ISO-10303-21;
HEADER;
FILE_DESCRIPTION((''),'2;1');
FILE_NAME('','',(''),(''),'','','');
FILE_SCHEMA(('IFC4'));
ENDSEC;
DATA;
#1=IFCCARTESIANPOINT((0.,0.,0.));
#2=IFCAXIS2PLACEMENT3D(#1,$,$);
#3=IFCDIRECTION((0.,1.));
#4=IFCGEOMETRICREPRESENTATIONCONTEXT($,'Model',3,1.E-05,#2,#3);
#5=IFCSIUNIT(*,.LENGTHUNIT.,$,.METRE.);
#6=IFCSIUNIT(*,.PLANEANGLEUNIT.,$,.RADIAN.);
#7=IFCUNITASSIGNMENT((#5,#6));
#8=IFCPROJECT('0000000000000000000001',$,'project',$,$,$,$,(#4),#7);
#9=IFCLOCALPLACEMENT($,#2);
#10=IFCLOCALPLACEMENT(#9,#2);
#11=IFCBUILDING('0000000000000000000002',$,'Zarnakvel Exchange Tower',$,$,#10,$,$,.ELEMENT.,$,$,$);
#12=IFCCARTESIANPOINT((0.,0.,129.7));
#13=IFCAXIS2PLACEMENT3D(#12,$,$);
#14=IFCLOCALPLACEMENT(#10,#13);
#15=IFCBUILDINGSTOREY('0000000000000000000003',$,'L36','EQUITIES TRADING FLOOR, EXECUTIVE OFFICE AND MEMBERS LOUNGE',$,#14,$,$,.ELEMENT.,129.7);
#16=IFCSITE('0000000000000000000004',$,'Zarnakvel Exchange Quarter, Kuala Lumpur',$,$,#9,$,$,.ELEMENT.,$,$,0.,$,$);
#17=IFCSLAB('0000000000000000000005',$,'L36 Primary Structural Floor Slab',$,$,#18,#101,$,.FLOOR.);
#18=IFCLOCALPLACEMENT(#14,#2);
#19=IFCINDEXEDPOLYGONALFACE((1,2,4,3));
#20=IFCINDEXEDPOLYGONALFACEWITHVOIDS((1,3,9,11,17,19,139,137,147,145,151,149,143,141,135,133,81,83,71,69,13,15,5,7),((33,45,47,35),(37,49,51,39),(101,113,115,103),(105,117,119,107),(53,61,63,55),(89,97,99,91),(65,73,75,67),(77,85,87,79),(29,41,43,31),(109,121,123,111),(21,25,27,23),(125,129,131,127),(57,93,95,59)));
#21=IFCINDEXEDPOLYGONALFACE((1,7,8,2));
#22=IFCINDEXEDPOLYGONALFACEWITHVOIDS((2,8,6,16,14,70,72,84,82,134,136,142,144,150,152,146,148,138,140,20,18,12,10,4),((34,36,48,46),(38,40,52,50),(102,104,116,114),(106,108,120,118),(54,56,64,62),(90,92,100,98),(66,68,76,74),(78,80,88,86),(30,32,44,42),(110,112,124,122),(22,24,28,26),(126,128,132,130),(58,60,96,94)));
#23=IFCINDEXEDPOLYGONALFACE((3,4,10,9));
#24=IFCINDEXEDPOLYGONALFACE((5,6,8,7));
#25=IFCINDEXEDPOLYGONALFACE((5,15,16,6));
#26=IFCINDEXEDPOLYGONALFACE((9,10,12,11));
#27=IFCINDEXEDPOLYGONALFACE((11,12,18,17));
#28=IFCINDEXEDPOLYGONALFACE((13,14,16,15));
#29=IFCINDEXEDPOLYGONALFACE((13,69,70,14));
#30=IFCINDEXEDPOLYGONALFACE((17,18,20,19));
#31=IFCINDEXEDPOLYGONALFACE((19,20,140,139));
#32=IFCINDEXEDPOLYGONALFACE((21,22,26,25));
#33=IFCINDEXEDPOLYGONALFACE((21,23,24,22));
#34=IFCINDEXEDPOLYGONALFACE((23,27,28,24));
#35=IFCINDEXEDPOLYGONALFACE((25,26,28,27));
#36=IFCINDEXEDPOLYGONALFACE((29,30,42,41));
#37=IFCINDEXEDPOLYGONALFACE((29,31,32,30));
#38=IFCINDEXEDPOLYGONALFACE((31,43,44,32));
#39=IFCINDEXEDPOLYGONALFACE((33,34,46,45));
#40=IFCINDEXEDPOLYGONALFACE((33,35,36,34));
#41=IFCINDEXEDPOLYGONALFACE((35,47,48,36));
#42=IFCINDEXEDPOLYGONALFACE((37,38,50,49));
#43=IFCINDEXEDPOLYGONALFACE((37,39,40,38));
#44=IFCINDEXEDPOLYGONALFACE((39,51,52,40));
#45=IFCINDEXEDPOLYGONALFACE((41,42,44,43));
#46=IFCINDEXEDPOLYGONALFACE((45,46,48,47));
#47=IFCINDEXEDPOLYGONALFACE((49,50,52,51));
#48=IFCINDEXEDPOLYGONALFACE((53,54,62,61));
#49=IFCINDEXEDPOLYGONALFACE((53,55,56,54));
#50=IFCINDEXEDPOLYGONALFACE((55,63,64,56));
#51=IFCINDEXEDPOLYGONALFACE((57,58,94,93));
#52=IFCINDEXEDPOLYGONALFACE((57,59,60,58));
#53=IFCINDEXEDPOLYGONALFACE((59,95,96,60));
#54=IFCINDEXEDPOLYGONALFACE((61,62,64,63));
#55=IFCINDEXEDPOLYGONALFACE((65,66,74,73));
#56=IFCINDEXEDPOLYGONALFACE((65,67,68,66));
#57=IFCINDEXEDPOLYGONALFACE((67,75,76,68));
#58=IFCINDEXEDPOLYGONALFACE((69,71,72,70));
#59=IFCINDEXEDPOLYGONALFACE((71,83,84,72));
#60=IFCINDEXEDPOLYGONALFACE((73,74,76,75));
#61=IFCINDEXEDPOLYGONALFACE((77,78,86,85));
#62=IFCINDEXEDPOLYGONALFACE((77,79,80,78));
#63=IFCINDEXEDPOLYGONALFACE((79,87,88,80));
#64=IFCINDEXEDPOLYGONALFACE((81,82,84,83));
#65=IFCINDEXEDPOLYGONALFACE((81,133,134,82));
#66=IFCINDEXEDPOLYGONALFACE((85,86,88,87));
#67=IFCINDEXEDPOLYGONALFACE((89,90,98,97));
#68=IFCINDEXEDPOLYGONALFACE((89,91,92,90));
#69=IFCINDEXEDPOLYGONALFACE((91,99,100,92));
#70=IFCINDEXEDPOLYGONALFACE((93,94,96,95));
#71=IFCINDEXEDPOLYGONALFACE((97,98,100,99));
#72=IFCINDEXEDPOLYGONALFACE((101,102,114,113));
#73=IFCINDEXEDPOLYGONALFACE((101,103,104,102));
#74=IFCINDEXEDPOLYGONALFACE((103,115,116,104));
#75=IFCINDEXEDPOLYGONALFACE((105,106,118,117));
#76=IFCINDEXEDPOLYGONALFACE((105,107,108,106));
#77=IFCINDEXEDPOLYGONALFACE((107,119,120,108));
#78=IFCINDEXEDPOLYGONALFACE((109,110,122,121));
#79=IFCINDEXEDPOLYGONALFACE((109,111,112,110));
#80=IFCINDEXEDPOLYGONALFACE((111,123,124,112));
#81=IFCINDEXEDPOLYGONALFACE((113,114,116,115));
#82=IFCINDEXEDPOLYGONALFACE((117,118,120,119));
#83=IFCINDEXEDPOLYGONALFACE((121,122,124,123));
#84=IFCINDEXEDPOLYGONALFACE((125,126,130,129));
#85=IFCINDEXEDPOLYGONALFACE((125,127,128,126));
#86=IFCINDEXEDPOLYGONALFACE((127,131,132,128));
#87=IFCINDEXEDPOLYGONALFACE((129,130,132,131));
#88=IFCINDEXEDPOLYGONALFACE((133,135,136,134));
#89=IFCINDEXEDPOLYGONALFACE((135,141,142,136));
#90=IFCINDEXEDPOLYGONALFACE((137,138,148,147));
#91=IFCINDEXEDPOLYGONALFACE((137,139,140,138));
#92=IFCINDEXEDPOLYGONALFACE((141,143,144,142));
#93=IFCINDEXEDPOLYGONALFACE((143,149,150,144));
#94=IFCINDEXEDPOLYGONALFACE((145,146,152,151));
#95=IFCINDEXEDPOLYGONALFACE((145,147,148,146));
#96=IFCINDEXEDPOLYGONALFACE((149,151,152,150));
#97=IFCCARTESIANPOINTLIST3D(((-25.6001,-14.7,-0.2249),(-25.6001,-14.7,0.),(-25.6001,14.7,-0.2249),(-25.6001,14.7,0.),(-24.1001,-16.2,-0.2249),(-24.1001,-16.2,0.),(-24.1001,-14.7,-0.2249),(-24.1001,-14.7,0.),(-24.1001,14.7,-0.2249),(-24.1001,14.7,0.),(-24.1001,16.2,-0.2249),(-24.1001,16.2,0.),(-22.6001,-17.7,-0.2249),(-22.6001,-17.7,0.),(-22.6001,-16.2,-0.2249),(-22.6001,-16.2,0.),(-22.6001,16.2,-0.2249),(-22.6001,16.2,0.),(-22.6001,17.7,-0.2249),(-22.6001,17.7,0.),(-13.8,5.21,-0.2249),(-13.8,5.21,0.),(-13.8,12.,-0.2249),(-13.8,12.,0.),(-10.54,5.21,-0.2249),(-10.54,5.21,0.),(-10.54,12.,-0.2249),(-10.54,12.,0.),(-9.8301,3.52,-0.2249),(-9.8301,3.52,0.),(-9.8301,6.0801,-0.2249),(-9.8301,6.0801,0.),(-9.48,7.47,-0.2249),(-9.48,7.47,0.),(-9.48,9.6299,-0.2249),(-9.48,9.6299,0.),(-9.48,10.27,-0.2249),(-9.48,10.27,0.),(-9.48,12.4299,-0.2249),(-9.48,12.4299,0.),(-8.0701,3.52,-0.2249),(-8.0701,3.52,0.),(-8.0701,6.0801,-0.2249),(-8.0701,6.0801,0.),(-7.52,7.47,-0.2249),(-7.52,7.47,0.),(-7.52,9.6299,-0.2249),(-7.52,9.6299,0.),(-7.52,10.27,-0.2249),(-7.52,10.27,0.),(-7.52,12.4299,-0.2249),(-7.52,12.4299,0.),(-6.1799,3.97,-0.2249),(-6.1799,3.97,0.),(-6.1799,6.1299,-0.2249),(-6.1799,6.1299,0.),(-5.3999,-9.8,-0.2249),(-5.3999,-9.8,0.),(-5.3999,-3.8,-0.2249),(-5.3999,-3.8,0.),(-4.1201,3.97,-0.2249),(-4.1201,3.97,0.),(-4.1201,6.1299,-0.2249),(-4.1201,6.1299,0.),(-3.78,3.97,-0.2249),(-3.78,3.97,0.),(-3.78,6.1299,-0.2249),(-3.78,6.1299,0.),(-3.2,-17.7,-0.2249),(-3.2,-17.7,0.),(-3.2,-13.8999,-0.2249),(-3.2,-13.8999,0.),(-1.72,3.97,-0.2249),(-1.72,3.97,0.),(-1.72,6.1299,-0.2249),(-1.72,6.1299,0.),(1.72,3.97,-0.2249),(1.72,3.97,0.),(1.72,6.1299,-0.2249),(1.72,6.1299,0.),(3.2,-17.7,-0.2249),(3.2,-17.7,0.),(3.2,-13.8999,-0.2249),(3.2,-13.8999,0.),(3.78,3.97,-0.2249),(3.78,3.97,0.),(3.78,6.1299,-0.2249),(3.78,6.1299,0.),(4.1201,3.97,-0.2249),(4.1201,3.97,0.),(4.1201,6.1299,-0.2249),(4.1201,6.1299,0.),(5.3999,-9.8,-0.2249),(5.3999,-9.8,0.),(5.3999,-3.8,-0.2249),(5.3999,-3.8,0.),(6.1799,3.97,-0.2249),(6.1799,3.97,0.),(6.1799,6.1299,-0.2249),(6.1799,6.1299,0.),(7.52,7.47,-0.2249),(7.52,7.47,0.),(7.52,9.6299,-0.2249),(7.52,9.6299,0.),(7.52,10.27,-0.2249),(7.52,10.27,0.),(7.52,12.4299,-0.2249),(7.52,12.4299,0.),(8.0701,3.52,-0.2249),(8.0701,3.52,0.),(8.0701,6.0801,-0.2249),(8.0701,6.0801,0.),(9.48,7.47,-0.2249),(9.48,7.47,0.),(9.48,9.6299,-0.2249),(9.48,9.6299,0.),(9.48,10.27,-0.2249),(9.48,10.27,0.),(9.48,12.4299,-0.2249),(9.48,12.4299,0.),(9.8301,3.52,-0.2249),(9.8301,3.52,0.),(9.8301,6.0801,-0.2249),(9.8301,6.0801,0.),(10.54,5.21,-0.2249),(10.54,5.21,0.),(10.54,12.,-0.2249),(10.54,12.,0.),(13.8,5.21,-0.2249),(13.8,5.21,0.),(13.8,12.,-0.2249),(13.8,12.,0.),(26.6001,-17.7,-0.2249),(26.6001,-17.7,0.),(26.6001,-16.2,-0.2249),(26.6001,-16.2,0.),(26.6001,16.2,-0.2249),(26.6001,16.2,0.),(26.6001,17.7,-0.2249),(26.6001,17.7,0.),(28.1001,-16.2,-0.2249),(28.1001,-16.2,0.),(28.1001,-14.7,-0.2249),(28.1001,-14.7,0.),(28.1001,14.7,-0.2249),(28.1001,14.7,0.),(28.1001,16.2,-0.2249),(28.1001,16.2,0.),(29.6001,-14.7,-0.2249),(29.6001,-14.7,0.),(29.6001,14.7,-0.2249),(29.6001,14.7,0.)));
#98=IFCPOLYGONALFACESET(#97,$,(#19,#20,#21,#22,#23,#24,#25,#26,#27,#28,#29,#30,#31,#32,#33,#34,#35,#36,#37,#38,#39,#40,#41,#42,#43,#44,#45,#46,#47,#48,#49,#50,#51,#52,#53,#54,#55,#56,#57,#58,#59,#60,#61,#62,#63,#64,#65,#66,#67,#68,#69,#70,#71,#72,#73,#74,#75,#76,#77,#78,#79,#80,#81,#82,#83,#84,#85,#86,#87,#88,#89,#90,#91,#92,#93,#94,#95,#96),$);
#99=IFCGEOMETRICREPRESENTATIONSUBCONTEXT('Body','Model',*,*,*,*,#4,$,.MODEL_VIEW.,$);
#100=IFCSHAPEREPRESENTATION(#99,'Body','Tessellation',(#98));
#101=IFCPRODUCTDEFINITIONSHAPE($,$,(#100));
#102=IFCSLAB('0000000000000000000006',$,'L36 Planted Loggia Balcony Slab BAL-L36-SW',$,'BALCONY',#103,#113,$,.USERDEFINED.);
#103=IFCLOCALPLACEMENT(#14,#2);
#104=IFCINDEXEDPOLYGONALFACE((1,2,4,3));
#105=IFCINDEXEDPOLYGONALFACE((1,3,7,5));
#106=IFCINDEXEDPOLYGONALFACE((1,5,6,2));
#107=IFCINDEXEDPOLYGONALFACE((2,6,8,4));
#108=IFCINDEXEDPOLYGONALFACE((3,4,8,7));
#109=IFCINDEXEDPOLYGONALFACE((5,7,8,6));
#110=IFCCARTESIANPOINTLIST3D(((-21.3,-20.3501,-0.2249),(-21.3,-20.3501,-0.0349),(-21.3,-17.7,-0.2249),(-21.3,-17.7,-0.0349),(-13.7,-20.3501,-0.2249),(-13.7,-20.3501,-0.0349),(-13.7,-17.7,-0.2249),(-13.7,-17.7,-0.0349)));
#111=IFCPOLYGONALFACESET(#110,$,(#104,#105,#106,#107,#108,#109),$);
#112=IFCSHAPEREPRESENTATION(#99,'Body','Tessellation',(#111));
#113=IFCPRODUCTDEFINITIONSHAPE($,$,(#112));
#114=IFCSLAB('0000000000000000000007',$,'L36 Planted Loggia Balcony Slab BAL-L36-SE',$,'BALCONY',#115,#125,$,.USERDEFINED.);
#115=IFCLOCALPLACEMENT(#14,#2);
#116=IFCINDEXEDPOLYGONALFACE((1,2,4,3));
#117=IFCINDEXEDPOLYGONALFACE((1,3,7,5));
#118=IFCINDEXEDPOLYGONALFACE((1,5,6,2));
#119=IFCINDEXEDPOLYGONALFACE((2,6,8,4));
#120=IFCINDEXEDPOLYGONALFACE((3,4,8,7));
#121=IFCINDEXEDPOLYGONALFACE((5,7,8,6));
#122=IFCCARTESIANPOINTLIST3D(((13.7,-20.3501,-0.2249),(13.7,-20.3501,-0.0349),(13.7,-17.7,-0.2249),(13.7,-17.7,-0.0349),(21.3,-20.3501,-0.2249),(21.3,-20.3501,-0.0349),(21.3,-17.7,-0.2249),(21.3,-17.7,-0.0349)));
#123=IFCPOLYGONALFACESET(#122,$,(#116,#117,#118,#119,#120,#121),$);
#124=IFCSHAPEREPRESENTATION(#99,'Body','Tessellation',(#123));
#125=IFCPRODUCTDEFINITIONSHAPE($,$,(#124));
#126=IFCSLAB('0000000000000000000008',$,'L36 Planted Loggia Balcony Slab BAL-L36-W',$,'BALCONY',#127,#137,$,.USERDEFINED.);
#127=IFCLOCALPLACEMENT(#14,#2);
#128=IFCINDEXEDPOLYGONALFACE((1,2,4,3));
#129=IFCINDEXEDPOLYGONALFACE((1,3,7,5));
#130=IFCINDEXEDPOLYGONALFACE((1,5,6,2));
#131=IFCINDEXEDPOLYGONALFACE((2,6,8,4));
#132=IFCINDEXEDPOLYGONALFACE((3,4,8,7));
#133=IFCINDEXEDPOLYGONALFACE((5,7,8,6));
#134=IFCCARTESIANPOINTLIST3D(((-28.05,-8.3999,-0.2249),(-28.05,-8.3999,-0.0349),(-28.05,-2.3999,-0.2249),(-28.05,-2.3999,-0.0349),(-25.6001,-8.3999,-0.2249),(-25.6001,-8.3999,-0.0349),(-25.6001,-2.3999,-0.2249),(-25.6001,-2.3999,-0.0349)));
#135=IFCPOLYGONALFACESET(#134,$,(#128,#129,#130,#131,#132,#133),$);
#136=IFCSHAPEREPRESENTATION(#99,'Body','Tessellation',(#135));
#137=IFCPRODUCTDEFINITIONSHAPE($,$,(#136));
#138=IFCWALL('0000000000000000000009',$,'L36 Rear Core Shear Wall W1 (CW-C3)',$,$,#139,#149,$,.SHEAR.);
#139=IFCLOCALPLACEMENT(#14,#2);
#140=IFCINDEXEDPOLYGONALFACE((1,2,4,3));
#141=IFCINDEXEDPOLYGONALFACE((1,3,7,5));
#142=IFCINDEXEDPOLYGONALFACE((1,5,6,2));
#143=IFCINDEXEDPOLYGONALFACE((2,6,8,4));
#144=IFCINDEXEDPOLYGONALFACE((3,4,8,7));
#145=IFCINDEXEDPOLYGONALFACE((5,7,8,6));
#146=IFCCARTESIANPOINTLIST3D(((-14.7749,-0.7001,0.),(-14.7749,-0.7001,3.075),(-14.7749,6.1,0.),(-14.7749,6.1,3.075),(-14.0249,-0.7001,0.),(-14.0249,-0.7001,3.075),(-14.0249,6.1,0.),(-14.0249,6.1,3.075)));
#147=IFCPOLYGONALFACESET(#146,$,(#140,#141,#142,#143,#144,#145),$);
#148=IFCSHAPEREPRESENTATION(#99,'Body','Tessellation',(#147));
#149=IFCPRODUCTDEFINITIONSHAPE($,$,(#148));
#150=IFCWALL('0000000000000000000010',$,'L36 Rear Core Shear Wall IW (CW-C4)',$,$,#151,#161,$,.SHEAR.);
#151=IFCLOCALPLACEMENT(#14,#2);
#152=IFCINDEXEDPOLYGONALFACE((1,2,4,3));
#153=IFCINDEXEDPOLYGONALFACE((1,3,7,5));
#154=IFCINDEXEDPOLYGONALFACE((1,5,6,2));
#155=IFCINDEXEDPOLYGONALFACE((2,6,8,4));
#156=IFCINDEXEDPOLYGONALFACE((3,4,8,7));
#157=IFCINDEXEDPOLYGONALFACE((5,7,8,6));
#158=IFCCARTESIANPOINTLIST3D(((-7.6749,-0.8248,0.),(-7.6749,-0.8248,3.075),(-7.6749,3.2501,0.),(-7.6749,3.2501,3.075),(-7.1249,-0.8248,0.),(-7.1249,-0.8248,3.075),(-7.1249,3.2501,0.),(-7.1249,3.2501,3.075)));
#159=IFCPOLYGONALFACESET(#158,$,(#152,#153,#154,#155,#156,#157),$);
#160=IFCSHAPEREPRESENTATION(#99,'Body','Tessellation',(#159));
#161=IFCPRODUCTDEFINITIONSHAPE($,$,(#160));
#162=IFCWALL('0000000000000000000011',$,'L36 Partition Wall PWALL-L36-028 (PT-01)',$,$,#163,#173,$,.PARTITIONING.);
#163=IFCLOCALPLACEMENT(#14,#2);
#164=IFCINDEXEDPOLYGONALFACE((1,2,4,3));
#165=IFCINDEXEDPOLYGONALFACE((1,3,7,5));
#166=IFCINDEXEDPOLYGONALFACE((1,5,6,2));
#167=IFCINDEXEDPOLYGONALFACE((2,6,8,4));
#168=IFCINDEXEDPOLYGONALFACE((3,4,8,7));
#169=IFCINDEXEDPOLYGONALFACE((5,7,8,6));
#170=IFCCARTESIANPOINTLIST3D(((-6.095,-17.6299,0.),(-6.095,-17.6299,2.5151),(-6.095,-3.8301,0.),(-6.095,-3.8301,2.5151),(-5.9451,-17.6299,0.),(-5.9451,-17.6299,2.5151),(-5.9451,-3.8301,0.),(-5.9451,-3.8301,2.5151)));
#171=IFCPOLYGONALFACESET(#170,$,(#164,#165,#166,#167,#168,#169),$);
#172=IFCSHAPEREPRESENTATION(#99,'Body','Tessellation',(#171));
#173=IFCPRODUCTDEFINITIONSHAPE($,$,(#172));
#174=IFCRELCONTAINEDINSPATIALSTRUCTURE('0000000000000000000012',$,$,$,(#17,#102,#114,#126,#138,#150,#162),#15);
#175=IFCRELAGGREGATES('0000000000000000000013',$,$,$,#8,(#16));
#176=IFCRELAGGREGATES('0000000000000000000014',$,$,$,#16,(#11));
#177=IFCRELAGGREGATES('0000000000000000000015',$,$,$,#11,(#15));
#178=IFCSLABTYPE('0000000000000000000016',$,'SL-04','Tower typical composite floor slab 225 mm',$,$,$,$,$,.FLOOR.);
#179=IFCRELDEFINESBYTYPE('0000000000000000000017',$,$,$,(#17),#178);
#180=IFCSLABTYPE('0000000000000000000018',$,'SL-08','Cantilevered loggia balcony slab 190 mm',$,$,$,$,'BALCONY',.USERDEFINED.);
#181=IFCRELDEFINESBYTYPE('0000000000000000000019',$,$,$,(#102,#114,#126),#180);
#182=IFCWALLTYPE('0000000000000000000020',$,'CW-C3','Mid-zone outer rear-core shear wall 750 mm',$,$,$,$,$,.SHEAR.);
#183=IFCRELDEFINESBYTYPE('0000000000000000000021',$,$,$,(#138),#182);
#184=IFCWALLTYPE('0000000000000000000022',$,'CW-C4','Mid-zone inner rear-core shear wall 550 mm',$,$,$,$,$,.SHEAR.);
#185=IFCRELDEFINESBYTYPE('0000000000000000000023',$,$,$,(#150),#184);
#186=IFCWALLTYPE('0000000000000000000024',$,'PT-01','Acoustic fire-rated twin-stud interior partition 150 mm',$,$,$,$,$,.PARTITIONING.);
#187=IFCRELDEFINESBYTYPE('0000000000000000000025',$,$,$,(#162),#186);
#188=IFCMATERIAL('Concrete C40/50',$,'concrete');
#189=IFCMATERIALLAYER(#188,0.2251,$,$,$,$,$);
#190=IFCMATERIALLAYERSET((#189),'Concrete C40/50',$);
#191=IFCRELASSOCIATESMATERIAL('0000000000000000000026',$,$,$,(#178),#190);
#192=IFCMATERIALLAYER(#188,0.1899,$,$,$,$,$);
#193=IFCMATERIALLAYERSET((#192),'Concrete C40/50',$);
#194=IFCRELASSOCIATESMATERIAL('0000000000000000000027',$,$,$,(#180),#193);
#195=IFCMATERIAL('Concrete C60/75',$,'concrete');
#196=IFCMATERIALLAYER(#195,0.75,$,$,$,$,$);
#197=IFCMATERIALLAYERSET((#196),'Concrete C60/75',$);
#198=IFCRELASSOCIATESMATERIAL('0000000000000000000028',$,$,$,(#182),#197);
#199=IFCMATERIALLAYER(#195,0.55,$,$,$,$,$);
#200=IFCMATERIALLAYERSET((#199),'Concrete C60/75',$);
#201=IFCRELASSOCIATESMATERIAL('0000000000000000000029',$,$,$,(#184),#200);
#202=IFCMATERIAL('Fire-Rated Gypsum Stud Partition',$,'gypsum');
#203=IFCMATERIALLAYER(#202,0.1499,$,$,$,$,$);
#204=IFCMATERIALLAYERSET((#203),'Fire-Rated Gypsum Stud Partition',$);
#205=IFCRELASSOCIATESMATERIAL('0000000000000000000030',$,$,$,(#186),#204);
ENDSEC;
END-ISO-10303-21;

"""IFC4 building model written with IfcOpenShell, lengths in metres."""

from ifc_helpers import new_model, si_unit, direction, frame, frame_2d, origin, place, context, subcontext, project, spatial, polyline, rectangle, outline, extrude, material, layer, layer_set, type_object, element, save


model = new_model("IFC4")

# Units and contexts
model_context = context("Model", 3, precision=1e-05, world=origin(), true_north=direction((0.0, 1.0)))
body_context = subcontext(model_context, "Body", "Model", "MODEL_VIEW")
ifc_project = project(units=[si_unit("LENGTHUNIT", "METRE"), si_unit("PLANEANGLEUNIT", "RADIAN")], contexts=[model_context])

# Site, building, storey
site_placement = place(None, origin())
site = spatial("IfcSite", under=ifc_project, at=site_placement, Name="Zarnakvel Exchange Quarter, Kuala Lumpur", CompositionType="ELEMENT", RefElevation=0.0)
building_placement = place(site_placement, origin())
building = spatial("IfcBuilding", under=site, at=building_placement, Name="Zarnakvel Exchange Tower", CompositionType="ELEMENT")
storey_placement = place(building_placement, frame((0.0, 0.0, 129.7)))
storey = spatial("IfcBuildingStorey", under=building, at=storey_placement, Name="L36", Description="EQUITIES TRADING FLOOR, EXECUTIVE OFFICE AND MEMBERS LOUNGE", CompositionType="ELEMENT", Elevation=129.7)

# Shared definitions
ifc_material_1 = material(Name="Concrete C60/75", Category="concrete")

# Shared definitions
ifc_material_2 = material(Name="Concrete C40/50", Category="concrete")

# Slabs
ifc_layer_1 = layer(ifc_material_2, 0.2251)
ifc_layer_set_1 = layer_set([ifc_layer_1], Name="Concrete C40/50")
slab_type_1 = type_object("IfcSlabType", Name="SL-04", Description="Tower typical composite floor slab 225 mm", PredefinedType="FLOOR", material=ifc_layer_set_1)
slab_1_placement = place(storey_placement, frame((0.0, 0.0, -0.2249)))
element("IfcSlab", 1, at=slab_1_placement, inside=storey, type_object=slab_type_1, Name="L36 Primary Structural Floor Slab", PredefinedType="FLOOR", context=body_context, shape_type="SweptSolid", body=[
    extrude(outline(polyline([(-25.6001, -14.7), (-24.1001, -14.7), (-24.1001, -16.2), (-22.6001, -16.2), (-22.6001, -17.7), (-3.2, -17.7), (-3.2, -13.8999), (3.2, -13.8999), (3.2, -17.7), (26.6001, -17.7), (26.6001, -16.2), (28.1001, -16.2), (28.1001, -14.7), (29.6001, -14.7), (29.6001, 14.7), (28.1001, 14.7), (28.1001, 16.2), (26.6001, 16.2), (26.6001, 17.7), (-22.6001, 17.7), (-22.6001, 16.2), (-24.1001, 16.2), (-24.1001, 14.7), (-25.6001, 14.7), (-25.6001, -14.7)]), holes=[polyline([(-5.3999, -9.8), (5.3999, -9.8), (5.3999, -3.8), (-5.3999, -3.8), (-5.3999, -9.8)]), polyline([(-13.8, 5.21), (-10.54, 5.21), (-10.54, 12.0), (-13.8, 12.0), (-13.8, 5.21)]), polyline([(10.54, 5.21), (13.8, 5.21), (13.8, 12.0), (10.54, 12.0), (10.54, 5.21)]), polyline([(-9.8301, 3.52), (-8.0701, 3.52), (-8.0701, 6.0801), (-9.8301, 6.0801), (-9.8301, 3.52)]), polyline([(8.0701, 3.52), (9.8301, 3.52), (9.8301, 6.0801), (8.0701, 6.0801), (8.0701, 3.52)]), polyline([(-6.1799, 3.97), (-4.1201, 3.97), (-4.1201, 6.1299), (-6.1799, 6.1299), (-6.1799, 3.97)]), polyline([(-3.78, 3.97), (-1.72, 3.97), (-1.72, 6.1299), (-3.78, 6.1299), (-3.78, 3.97)]), polyline([(1.72, 3.97), (3.78, 3.97), (3.78, 6.1299), (1.72, 6.1299), (1.72, 3.97)]), polyline([(4.1201, 3.97), (6.1799, 3.97), (6.1799, 6.1299), (4.1201, 6.1299), (4.1201, 3.97)]), polyline([(-9.48, 7.47), (-7.52, 7.47), (-7.52, 9.6299), (-9.48, 9.6299), (-9.48, 7.47)]), polyline([(-9.48, 10.27), (-7.52, 10.27), (-7.52, 12.4299), (-9.48, 12.4299), (-9.48, 10.27)]), polyline([(7.52, 7.47), (9.48, 7.47), (9.48, 9.6299), (7.52, 9.6299), (7.52, 7.47)]), polyline([(7.52, 10.27), (9.48, 10.27), (9.48, 12.4299), (7.52, 12.4299), (7.52, 10.27)])]), origin(), (0.0, 0.0, 1.0), 0.2249),
])
ifc_layer_2 = layer(ifc_material_2, 0.1899)
ifc_layer_set_2 = layer_set([ifc_layer_2], Name="Concrete C40/50")
slab_type_2 = type_object("IfcSlabType", Name="SL-08", Description="Cantilevered loggia balcony slab 190 mm", ElementType="BALCONY", PredefinedType="USERDEFINED", material=ifc_layer_set_2)
slab_2_placement = place(storey_placement, frame((0.0, 0.0, -0.2249)))
element("IfcSlab", 2, at=slab_2_placement, inside=storey, type_object=slab_type_2, Name="L36 Planted Loggia Balcony Slab BAL-L36-SW", ObjectType="BALCONY", PredefinedType="USERDEFINED", context=body_context, shape_type="SweptSolid", body=[
    extrude(outline(polyline([(-21.3, -20.3501), (-13.7, -20.3501), (-13.7, -17.7), (-21.3, -17.7), (-21.3, -20.3501)])), origin(), (0.0, 0.0, 1.0), 0.1899),
])
slab_3_placement = place(storey_placement, frame((0.0, 0.0, -0.2249)))
element("IfcSlab", 3, at=slab_3_placement, inside=storey, type_object=slab_type_2, Name="L36 Planted Loggia Balcony Slab BAL-L36-SE", ObjectType="BALCONY", PredefinedType="USERDEFINED", context=body_context, shape_type="SweptSolid", body=[
    extrude(outline(polyline([(13.7, -20.3501), (21.3, -20.3501), (21.3, -17.7), (13.7, -17.7), (13.7, -20.3501)])), origin(), (0.0, 0.0, 1.0), 0.1899),
])
slab_4_placement = place(storey_placement, frame((0.0, 0.0, -0.2249)))
element("IfcSlab", 4, at=slab_4_placement, inside=storey, type_object=slab_type_2, Name="L36 Planted Loggia Balcony Slab BAL-L36-W", ObjectType="BALCONY", PredefinedType="USERDEFINED", context=body_context, shape_type="SweptSolid", body=[
    extrude(outline(polyline([(-28.05, -8.3999), (-25.6001, -8.3999), (-25.6001, -2.3999), (-28.05, -2.3999), (-28.05, -8.3999)])), origin(), (0.0, 0.0, 1.0), 0.1899),
])

# Wall
ifc_layer_3 = layer(ifc_material_1, 0.75)
ifc_layer_set_3 = layer_set([ifc_layer_3], Name="Concrete C60/75")
wall_type_1 = type_object("IfcWallType", Name="CW-C3", Description="Mid-zone outer rear-core shear wall 750 mm", PredefinedType="SHEAR", material=ifc_layer_set_3)
wall_1_placement = place(storey_placement, frame((-14.3999, -0.7, 0.0), z_axis=(0.0, 0.0, 1.0), x_axis=(0.0, 1.0, 0.0)))
element("IfcWall", 5, at=wall_1_placement, inside=storey, type_object=wall_type_1, Name="L36 Rear Core Shear Wall W1 (CW-C3)", PredefinedType="SHEAR", context=body_context, shape_type="SweptSolid", body=[
    extrude(rectangle(XDim=6.8, YDim=0.75, at=frame_2d((3.3999, 0.0))), origin(), (0.0, 0.0, 1.0), 3.075),
])

# Walls
ifc_layer_4 = layer(ifc_material_1, 0.55)
ifc_layer_set_4 = layer_set([ifc_layer_4], Name="Concrete C60/75")
wall_type_2 = type_object("IfcWallType", Name="CW-C4", Description="Mid-zone inner rear-core shear wall 550 mm", PredefinedType="SHEAR", material=ifc_layer_set_4)
wall_2_placement = place(storey_placement, frame((-7.3999, -0.825, 0.0), z_axis=(0.0, 0.0, 1.0), x_axis=(0.0, 1.0, 0.0)))
element("IfcWall", 6, at=wall_2_placement, inside=storey, type_object=wall_type_2, Name="L36 Rear Core Shear Wall IW (CW-C4)", PredefinedType="SHEAR", context=body_context, shape_type="SweptSolid", body=[
    extrude(rectangle(XDim=4.075, YDim=0.55, at=frame_2d((2.0376, 0.0))), origin(), (0.0, 0.0, 1.0), 3.075),
])
ifc_material_3 = material(Name="Fire-Rated Gypsum Stud Partition", Category="gypsum")
ifc_layer_5 = layer(ifc_material_3, 0.1499)
ifc_layer_set_5 = layer_set([ifc_layer_5], Name="Fire-Rated Gypsum Stud Partition")
wall_type_3 = type_object("IfcWallType", Name="PT-01", Description="Acoustic fire-rated twin-stud interior partition 150 mm", PredefinedType="PARTITIONING", material=ifc_layer_set_5)
wall_3_placement = place(storey_placement, frame((-6.02, -3.8301, 0.0), z_axis=(0.0, 0.0, 1.0), x_axis=(0.0, -1.0, 0.0)))
element("IfcWall", 7, at=wall_3_placement, inside=storey, type_object=wall_type_3, Name="L36 Partition Wall PWALL-L36-028 (PT-01)", PredefinedType="PARTITIONING", context=body_context, shape_type="SweptSolid", body=[
    extrude(rectangle(XDim=13.7998, YDim=0.1499, at=frame_2d((6.8999, 0.0))), origin(), (0.0, 0.0, 1.0), 2.5151),
])

save(model, "model.ifc")
